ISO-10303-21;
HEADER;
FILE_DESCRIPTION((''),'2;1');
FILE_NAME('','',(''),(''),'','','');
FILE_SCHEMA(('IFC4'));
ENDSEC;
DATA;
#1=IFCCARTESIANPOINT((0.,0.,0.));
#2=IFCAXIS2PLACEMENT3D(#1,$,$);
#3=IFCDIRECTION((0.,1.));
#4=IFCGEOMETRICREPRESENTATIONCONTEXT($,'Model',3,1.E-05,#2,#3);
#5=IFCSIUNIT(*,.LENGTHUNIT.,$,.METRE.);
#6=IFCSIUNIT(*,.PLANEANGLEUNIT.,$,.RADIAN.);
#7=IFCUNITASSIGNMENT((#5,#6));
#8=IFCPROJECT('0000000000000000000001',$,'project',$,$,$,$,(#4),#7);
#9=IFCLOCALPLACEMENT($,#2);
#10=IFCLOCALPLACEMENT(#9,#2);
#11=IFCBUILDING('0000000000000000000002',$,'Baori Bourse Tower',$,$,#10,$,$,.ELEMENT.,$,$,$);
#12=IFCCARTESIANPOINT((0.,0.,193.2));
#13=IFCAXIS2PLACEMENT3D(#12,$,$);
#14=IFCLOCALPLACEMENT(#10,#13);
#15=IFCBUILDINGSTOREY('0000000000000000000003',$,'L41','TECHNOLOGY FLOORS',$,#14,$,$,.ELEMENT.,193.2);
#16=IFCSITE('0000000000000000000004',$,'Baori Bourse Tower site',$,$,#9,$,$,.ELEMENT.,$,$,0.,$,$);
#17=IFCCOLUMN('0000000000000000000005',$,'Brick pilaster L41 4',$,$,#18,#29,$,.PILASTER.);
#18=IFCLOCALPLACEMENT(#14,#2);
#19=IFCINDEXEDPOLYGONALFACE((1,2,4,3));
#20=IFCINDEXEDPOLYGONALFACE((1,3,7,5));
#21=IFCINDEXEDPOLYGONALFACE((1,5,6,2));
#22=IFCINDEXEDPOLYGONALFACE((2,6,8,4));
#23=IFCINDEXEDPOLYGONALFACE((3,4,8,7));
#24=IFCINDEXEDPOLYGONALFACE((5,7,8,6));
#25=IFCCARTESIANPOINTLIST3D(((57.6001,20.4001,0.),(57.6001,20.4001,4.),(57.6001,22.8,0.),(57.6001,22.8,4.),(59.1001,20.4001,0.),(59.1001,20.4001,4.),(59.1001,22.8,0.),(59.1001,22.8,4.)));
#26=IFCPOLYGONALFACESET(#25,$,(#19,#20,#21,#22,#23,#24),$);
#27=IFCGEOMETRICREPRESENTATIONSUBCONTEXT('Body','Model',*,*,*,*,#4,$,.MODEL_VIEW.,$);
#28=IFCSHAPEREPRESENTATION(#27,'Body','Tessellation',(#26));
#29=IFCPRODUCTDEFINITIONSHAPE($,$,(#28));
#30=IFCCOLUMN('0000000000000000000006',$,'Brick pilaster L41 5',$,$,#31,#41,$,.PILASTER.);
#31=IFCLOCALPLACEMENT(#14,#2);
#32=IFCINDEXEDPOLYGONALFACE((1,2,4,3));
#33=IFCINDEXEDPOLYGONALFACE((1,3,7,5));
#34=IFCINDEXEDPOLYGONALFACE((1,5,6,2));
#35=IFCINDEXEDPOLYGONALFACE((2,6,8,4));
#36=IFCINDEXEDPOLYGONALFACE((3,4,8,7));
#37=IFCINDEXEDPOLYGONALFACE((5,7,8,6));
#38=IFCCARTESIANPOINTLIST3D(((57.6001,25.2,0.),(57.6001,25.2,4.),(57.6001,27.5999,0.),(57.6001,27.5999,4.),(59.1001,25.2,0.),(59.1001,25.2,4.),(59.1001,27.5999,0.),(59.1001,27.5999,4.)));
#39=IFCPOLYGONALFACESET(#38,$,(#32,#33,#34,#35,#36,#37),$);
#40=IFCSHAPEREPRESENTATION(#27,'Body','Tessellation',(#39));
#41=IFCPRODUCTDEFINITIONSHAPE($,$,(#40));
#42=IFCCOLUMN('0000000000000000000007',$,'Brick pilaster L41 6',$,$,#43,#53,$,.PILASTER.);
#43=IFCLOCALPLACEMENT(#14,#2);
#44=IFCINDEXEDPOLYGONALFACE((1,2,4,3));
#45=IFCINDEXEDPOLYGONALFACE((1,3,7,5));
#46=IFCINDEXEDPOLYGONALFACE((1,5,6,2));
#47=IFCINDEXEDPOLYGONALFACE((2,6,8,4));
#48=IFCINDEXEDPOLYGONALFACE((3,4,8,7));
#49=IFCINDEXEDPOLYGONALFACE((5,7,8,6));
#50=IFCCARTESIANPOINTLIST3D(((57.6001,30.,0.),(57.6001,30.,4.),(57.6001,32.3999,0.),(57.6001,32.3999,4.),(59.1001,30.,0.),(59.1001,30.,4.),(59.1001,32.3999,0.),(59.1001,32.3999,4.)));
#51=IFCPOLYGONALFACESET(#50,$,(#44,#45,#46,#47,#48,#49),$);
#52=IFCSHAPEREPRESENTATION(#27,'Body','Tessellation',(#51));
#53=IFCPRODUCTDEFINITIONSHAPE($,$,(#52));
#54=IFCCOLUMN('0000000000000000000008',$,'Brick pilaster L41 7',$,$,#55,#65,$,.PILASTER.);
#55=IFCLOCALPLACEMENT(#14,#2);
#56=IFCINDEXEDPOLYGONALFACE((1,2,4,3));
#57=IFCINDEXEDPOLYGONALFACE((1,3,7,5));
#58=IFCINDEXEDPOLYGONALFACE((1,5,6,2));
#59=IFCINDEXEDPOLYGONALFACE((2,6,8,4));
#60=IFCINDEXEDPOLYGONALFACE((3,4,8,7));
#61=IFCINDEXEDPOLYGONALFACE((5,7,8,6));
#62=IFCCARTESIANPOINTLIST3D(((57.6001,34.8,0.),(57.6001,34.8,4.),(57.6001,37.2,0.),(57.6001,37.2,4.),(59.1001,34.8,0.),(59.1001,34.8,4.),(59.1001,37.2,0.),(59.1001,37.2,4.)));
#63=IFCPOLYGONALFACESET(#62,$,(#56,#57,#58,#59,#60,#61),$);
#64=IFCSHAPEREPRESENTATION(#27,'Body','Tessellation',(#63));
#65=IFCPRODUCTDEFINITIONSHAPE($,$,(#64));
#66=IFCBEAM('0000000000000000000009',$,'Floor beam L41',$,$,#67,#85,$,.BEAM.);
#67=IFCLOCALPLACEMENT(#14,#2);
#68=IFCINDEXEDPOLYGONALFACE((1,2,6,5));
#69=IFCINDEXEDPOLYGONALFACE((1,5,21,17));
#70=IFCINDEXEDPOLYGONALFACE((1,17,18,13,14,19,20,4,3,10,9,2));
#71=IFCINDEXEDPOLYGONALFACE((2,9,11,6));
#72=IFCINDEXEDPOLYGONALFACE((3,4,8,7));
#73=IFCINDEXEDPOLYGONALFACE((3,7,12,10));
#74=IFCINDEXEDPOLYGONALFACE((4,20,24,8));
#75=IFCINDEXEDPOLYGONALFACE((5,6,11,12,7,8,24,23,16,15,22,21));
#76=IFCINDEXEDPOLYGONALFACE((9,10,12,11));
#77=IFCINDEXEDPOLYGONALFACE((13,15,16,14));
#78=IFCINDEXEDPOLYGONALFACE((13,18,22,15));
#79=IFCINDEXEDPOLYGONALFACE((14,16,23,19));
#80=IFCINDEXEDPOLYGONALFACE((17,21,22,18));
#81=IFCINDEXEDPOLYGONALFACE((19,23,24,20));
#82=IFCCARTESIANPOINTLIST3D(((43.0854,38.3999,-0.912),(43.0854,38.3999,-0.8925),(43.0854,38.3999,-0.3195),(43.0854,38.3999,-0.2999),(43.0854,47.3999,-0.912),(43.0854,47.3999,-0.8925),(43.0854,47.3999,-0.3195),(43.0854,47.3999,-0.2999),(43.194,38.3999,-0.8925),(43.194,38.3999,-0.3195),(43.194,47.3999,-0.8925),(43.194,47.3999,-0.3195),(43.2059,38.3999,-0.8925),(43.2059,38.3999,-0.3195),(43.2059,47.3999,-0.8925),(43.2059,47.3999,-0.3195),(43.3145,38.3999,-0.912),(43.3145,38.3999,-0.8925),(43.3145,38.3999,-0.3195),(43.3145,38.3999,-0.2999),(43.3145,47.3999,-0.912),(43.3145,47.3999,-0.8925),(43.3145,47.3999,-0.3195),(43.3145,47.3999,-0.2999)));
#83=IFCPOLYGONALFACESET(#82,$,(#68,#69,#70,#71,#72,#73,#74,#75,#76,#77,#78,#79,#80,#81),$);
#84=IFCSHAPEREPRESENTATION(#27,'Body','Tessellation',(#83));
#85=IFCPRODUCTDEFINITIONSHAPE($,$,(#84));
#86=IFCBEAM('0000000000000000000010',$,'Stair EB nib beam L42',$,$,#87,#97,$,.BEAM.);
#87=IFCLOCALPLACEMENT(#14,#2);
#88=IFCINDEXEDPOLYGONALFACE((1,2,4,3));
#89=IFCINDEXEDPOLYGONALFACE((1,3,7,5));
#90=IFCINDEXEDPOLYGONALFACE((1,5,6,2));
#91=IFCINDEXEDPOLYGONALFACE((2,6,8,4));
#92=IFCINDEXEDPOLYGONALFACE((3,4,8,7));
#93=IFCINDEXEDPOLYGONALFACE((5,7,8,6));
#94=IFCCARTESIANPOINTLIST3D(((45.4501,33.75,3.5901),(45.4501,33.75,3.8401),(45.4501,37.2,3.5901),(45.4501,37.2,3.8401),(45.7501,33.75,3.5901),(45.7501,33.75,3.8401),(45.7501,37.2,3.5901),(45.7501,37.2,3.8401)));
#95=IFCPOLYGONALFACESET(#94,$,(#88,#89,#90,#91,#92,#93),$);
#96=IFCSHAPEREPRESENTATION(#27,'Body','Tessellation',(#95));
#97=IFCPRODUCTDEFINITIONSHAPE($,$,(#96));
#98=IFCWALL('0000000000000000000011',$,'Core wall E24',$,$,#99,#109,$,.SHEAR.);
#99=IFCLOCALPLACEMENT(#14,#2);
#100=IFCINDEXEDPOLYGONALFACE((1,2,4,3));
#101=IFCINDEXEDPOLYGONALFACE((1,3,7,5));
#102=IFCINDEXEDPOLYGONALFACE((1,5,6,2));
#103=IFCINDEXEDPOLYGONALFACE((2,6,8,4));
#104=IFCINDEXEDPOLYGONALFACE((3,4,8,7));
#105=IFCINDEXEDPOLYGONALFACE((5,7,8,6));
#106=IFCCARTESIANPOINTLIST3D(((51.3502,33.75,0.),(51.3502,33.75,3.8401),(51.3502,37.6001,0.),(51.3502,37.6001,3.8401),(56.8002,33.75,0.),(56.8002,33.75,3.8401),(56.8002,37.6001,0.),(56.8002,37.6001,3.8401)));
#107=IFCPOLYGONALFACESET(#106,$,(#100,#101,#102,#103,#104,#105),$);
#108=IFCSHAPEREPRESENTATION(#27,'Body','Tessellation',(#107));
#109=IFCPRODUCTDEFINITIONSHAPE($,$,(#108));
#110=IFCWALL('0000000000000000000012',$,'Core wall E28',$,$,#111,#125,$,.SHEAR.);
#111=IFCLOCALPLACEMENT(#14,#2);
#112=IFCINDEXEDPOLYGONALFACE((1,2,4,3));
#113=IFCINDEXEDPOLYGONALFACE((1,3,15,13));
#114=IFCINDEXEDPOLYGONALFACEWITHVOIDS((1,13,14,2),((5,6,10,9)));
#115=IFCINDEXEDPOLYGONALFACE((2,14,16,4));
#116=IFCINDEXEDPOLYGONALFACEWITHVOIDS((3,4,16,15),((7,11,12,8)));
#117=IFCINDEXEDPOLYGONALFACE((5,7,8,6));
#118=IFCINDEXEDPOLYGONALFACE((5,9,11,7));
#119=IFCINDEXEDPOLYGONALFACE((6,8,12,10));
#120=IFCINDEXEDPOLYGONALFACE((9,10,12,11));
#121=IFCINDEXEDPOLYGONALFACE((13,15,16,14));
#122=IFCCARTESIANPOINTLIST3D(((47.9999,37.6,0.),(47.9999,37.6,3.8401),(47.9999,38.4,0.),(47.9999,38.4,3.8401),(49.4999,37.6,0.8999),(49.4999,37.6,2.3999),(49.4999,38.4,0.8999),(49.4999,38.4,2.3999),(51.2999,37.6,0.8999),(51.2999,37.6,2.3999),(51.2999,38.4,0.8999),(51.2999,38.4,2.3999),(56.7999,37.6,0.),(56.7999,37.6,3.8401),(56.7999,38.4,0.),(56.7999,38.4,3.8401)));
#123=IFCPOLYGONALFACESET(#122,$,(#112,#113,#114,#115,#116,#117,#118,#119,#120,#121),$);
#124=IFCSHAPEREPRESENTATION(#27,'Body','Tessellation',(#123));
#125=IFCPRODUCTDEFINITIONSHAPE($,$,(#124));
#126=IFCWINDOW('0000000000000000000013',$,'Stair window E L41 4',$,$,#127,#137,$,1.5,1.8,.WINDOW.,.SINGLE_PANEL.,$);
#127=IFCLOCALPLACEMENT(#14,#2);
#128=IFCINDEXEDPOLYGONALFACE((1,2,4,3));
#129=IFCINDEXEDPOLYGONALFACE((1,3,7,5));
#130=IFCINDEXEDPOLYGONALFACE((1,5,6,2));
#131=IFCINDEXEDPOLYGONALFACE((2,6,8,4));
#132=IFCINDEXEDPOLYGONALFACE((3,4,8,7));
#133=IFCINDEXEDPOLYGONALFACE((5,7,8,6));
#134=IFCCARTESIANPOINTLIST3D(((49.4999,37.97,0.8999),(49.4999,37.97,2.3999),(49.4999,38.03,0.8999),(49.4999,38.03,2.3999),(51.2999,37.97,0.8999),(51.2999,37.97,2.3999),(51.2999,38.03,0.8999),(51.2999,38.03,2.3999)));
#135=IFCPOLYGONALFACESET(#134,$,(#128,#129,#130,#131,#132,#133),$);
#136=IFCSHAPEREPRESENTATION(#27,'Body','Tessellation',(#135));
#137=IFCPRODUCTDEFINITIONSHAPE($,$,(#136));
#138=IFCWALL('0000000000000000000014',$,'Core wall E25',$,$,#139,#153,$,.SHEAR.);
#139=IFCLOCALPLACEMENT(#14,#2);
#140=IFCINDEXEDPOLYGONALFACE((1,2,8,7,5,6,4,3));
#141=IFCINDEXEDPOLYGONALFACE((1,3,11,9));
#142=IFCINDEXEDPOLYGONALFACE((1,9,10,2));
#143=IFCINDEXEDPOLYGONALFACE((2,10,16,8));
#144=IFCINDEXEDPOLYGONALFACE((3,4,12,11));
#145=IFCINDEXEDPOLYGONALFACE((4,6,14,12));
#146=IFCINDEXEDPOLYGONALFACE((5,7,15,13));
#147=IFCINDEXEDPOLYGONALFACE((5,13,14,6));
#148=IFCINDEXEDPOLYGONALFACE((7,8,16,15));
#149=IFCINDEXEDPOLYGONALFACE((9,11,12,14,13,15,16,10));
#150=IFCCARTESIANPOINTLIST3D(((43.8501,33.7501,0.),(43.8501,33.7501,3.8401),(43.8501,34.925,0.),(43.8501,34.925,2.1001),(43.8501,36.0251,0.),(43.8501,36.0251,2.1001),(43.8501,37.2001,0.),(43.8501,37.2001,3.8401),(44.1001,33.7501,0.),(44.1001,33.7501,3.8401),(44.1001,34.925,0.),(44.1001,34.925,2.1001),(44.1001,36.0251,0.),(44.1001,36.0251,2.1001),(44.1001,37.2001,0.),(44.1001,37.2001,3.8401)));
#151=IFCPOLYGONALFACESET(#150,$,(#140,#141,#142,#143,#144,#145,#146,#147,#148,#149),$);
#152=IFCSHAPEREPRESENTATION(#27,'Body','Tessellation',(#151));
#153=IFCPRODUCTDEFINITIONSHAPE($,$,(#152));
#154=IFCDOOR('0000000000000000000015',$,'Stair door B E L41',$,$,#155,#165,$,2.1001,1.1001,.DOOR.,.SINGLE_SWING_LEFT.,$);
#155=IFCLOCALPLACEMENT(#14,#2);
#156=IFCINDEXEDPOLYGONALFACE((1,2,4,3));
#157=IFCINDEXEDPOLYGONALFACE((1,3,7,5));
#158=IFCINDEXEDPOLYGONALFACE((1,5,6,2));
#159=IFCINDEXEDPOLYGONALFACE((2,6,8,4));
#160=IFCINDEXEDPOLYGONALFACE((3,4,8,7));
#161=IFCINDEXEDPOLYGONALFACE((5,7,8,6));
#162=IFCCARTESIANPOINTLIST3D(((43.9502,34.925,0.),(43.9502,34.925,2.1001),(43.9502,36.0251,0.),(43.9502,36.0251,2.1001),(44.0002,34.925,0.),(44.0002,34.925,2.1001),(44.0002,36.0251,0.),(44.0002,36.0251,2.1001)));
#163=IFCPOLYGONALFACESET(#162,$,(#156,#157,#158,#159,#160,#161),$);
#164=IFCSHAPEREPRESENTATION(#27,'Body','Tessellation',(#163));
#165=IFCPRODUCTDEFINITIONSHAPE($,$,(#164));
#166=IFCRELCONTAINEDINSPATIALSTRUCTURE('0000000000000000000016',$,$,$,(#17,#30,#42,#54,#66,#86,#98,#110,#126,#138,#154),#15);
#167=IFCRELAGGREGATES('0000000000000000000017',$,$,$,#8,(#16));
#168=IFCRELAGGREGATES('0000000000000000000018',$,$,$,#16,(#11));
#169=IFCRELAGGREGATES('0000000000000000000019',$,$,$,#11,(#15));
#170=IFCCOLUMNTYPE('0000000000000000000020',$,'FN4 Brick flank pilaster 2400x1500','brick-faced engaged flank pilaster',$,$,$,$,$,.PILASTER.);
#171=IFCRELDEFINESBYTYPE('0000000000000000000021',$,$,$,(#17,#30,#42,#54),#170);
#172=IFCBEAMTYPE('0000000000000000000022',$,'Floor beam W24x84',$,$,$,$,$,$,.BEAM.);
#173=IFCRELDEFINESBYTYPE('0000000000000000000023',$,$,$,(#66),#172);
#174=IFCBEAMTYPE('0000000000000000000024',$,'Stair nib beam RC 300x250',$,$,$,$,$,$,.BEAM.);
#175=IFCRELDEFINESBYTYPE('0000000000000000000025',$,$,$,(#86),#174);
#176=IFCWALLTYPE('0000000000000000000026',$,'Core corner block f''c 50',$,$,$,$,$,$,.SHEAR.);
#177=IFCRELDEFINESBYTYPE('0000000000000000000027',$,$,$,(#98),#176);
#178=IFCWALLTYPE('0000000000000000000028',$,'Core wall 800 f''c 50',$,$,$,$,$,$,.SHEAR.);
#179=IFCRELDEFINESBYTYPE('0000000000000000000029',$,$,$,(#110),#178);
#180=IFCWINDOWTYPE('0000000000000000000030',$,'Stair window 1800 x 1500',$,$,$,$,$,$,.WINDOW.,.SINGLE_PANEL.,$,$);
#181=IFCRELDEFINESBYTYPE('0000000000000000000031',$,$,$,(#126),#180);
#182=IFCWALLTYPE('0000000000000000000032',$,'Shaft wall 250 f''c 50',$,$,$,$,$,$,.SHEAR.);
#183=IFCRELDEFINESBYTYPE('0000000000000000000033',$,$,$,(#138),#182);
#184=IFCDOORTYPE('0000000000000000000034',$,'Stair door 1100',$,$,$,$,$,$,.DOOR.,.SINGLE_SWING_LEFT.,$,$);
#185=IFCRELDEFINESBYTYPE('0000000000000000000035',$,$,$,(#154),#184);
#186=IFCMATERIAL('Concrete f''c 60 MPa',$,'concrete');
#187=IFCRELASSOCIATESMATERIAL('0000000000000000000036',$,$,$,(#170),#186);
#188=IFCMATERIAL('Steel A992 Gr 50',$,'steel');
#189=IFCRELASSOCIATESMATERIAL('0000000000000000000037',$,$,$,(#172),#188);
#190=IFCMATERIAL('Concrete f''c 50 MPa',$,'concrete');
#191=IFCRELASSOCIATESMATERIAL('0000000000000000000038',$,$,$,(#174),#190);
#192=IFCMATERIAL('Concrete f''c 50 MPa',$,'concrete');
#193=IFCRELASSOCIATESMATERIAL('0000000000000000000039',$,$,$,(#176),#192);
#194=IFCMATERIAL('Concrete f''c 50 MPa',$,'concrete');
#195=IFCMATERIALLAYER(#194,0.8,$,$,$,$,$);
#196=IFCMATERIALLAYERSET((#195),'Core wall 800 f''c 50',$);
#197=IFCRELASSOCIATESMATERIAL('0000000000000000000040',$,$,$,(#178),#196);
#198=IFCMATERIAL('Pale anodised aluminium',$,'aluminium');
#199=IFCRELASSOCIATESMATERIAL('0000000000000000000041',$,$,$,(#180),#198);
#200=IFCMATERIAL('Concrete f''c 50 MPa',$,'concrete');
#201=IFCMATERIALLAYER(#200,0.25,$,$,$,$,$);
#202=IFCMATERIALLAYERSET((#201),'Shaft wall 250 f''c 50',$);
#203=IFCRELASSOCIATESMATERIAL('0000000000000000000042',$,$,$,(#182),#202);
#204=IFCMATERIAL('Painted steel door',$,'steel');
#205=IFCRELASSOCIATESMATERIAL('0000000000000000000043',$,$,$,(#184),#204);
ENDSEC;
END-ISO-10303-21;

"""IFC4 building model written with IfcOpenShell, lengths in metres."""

from ifc_helpers import new_model, si_unit, direction, frame, frame_2d, origin, origin_2d, place, context, subcontext, project, spatial, rectangle, i_section, extrude, material, layer, layer_set, material_profile, profile_set, type_object, element, fill, save


model = new_model("IFC4")

# Units and contexts
model_context = context("Model", 3, precision=1e-05, world=origin(), true_north=direction((0.0, 1.0)))
body_context = subcontext(model_context, "Body", "Model", "MODEL_VIEW")
ifc_project = project(units=[si_unit("LENGTHUNIT", "METRE"), si_unit("PLANEANGLEUNIT", "RADIAN")], contexts=[model_context])

# Site, building, storey
site_placement = place(None, origin())
site = spatial("IfcSite", under=ifc_project, at=site_placement, Name="Baori Bourse Tower site", CompositionType="ELEMENT", RefElevation=0.0)
building_placement = place(site_placement, origin())
building = spatial("IfcBuilding", under=site, at=building_placement, Name="Baori Bourse Tower", CompositionType="ELEMENT")
storey_placement = place(building_placement, frame((0.0, 0.0, 193.2)))
storey = spatial("IfcBuildingStorey", under=building, at=storey_placement, Name="L41", Description="TECHNOLOGY FLOORS", CompositionType="ELEMENT", Elevation=193.2)

# Columns
ifc_material_1 = material(Name="Concrete f'c 60 MPa", Category="concrete")
ifc_material_profile_1 = material_profile(ifc_material_1, rectangle(XDim=2.3999, YDim=1.5, at=origin_2d()), Name="RC 2400x1500")
ifc_profile_set_1 = profile_set([ifc_material_profile_1], Name="Concrete f'c 60 MPa")
column_type = type_object("IfcColumnType", Name="FN4 Brick flank pilaster 2400x1500", Description="brick-faced engaged flank pilaster", PredefinedType="PILASTER", material=ifc_profile_set_1)
for number, where, z_axis, x_axis, name in (
    (1, (58.3501, 21.6001, 0.0), (0.0, 0.0, 1.0), (0.0, 1.0, 0.0), "Brick pilaster L41 4"),
    (2, (58.3501, 26.3999, 0.0), (0.0, 0.0, 1.0), (0.0, 1.0, 0.0), "Brick pilaster L41 5"),
    (3, (58.3501, 31.2, 0.0), (0.0, 0.0, 1.0), (0.0, 1.0, 0.0), "Brick pilaster L41 6"),
    (4, (58.3501, 36.0, 0.0), (0.0, 0.0, 1.0), (0.0, 1.0, 0.0), "Brick pilaster L41 7"),
):
    element("IfcColumn", number, at=place(storey_placement, frame(where, z_axis=z_axis, x_axis=x_axis)), inside=storey, type_object=column_type, Name=name, PredefinedType="PILASTER", context=body_context, shape_type="SweptSolid", body=[
        extrude(rectangle(XDim=2.3999, YDim=1.5, at=origin_2d()), origin(), (0.0, 0.0, 1.0), 4.0),
    ])

# Beams
ifc_material_2 = material(Name="Steel A992 Gr 50", Category="steel")
ifc_material_profile_2 = material_profile(ifc_material_2, i_section(OverallWidth=0.229, OverallDepth=0.6121, WebThickness=0.012, FlangeThickness=0.0195, at=origin_2d()), Name="W24x84")
ifc_profile_set_2 = profile_set([ifc_material_profile_2], Name="Steel A992 Gr 50")
beam_type_1 = type_object("IfcBeamType", Name="Floor beam W24x84", PredefinedType="BEAM", material=ifc_profile_set_2)
beam_1_placement = place(storey_placement, frame((43.2, 38.3999, -0.606), z_axis=(0.0, 1.0, 0.0), x_axis=(-1.0, 0.0, 0.0)))
element("IfcBeam", 5, at=beam_1_placement, inside=storey, type_object=beam_type_1, Name="Floor beam L41", PredefinedType="BEAM", context=body_context, shape_type="SweptSolid", body=[
    extrude(i_section(OverallWidth=0.229, OverallDepth=0.6121, WebThickness=0.012, FlangeThickness=0.0195, at=origin_2d()), origin(), (0.0, 0.0, 1.0), 9.0),
])
ifc_material_3 = material(Name="Concrete f'c 50 MPa", Category="concrete")
ifc_material_profile_3 = material_profile(ifc_material_3, rectangle(XDim=0.3, YDim=0.25, at=origin_2d()), Name="RC 300x250")
ifc_profile_set_3 = profile_set([ifc_material_profile_3], Name="Concrete f'c 50 MPa")
beam_type_2 = type_object("IfcBeamType", Name="Stair nib beam RC 300x250", PredefinedType="BEAM", material=ifc_profile_set_3)
beam_2_placement = place(storey_placement, frame((45.6001, 33.75, 3.7151), z_axis=(0.0, 1.0, 0.0), x_axis=(-1.0, 0.0, 0.0)))
element("IfcBeam", 6, at=beam_2_placement, inside=storey, type_object=beam_type_2, Name="Stair EB nib beam L42", PredefinedType="BEAM", context=body_context, shape_type="SweptSolid", body=[
    extrude(rectangle(XDim=0.3, YDim=0.25, at=origin_2d()), origin(), (0.0, 0.0, 1.0), 3.45),
])

# Wall
ifc_material_4 = material(Name="Concrete f'c 50 MPa", Category="concrete")
wall_type_1 = type_object("IfcWallType", Name="Core corner block f'c 50", PredefinedType="SHEAR", material=ifc_material_4)
wall_1_placement = place(storey_placement, frame((51.3501, 35.675, 0.0), z_axis=(0.0, 0.0, 1.0), x_axis=(1.0, 0.0, 0.0)))
element("IfcWall", 7, at=wall_1_placement, inside=storey, type_object=wall_type_1, Name="Core wall E24", PredefinedType="SHEAR", context=body_context, shape_type="SweptSolid", body=[
    extrude(rectangle(XDim=5.45, YDim=3.8501, at=frame_2d((2.7251, 0.0))), origin(), (0.0, 0.0, 1.0), 3.8401),
])

# Wall, opening, window
ifc_material_5 = material(Name="Concrete f'c 50 MPa", Category="concrete")
ifc_layer_1 = layer(ifc_material_5, 0.8)
ifc_layer_set_1 = layer_set([ifc_layer_1], Name="Core wall 800 f'c 50")
wall_type_2 = type_object("IfcWallType", Name="Core wall 800 f'c 50", PredefinedType="SHEAR", material=ifc_layer_set_1)
wall_2_placement = place(storey_placement, frame((48.0, 38.0, 0.0), z_axis=(0.0, 0.0, 1.0), x_axis=(1.0, 0.0, 0.0)))
wall_2 = element("IfcWall", 8, at=wall_2_placement, inside=storey, type_object=wall_type_2, Name="Core wall E28", PredefinedType="SHEAR", context=body_context, shape_type="SweptSolid", body=[
    extrude(rectangle(XDim=8.8, YDim=0.8, at=frame_2d((4.3999, 0.0))), origin(), (0.0, 0.0, 1.0), 3.8401),
])
opening_1_placement = place(wall_2_placement, frame((1.5, 0.0, 0.8999)))
opening_1 = element("IfcOpeningElement", 9, at=opening_1_placement, cuts=wall_2, PredefinedType="OPENING", context=body_context, shape_type="SweptSolid", body=[
    extrude(rectangle(XDim=1.8, YDim=1.5, at=frame_2d((0.8999, 0.75))), frame((0.0, 0.4099, 0.0), z_axis=(0.0, -1.0, 0.0), x_axis=(1.0, 0.0, 0.0)), (0.0, 0.0, 1.0), 0.8201),
])
ifc_material_6 = material(Name="Pale anodised aluminium", Category="aluminium")
window_type = type_object("IfcWindowType", Name="Stair window 1800 x 1500", PartitioningType="SINGLE_PANEL", PredefinedType="WINDOW", material=ifc_material_6)
window_placement = place(opening_1_placement, origin())
window = element("IfcWindow", 10, at=window_placement, inside=storey, type_object=window_type, Name="Stair window E L41 4", OverallHeight=1.5, OverallWidth=1.8, PartitioningType="SINGLE_PANEL", PredefinedType="WINDOW", context=body_context, shape_type="SweptSolid", body=[
    extrude(rectangle(XDim=1.8, YDim=1.5, at=frame_2d((0.8999, 0.75))), frame((0.0, 0.03, 0.0), z_axis=(0.0, -1.0, 0.0), x_axis=(1.0, 0.0, 0.0)), (0.0, 0.0, 1.0), 0.0601),
])
fill(opening_1, window)

# Wall, opening, door
ifc_material_7 = material(Name="Concrete f'c 50 MPa", Category="concrete")
ifc_layer_2 = layer(ifc_material_7, 0.25)
ifc_layer_set_2 = layer_set([ifc_layer_2], Name="Shaft wall 250 f'c 50")
wall_type_3 = type_object("IfcWallType", Name="Shaft wall 250 f'c 50", PredefinedType="SHEAR", material=ifc_layer_set_2)
wall_3_placement = place(storey_placement, frame((43.9751, 33.75, 0.0), z_axis=(0.0, 0.0, 1.0), x_axis=(0.0, 1.0, 0.0)))
wall_3 = element("IfcWall", 11, at=wall_3_placement, inside=storey, type_object=wall_type_3, Name="Core wall E25", PredefinedType="SHEAR", context=body_context, shape_type="SweptSolid", body=[
    extrude(rectangle(XDim=3.45, YDim=0.25, at=frame_2d((1.7251, 0.0))), origin(), (0.0, 0.0, 1.0), 3.8401),
])
opening_2_placement = place(wall_3_placement, frame((1.175, 0.0, 0.0)))
opening_2 = element("IfcOpeningElement", 12, at=opening_2_placement, cuts=wall_3, PredefinedType="OPENING", context=body_context, shape_type="SweptSolid", body=[
    extrude(rectangle(XDim=1.1001, YDim=2.1001, at=frame_2d((0.55, 1.05))), frame((0.0, 0.135, 0.0), z_axis=(0.0, -1.0, 0.0), x_axis=(1.0, 0.0, 0.0)), (0.0, 0.0, 1.0), 0.27),
])
ifc_material_8 = material(Name="Painted steel door", Category="steel")
door_type_1 = type_object("IfcDoorType", Name="Stair door 1100", OperationType="SINGLE_SWING_LEFT", PredefinedType="DOOR", material=ifc_material_8)
door_1_placement = place(opening_2_placement, origin())
door_1 = element("IfcDoor", 13, at=door_1_placement, inside=storey, type_object=door_type_1, Name="Stair door B E L41", OperationType="SINGLE_SWING_LEFT", OverallHeight=2.1001, OverallWidth=1.1001, PredefinedType="DOOR", context=body_context, shape_type="SweptSolid", body=[
    extrude(rectangle(XDim=1.1001, YDim=2.1001, at=frame_2d((0.55, 1.05))), frame((0.0, 0.0249, 0.0), z_axis=(0.0, -1.0, 0.0), x_axis=(1.0, 0.0, 0.0)), (0.0, 0.0, 1.0), 0.05),
])
fill(opening_2, door_1)

save(model, "model.ifc")
